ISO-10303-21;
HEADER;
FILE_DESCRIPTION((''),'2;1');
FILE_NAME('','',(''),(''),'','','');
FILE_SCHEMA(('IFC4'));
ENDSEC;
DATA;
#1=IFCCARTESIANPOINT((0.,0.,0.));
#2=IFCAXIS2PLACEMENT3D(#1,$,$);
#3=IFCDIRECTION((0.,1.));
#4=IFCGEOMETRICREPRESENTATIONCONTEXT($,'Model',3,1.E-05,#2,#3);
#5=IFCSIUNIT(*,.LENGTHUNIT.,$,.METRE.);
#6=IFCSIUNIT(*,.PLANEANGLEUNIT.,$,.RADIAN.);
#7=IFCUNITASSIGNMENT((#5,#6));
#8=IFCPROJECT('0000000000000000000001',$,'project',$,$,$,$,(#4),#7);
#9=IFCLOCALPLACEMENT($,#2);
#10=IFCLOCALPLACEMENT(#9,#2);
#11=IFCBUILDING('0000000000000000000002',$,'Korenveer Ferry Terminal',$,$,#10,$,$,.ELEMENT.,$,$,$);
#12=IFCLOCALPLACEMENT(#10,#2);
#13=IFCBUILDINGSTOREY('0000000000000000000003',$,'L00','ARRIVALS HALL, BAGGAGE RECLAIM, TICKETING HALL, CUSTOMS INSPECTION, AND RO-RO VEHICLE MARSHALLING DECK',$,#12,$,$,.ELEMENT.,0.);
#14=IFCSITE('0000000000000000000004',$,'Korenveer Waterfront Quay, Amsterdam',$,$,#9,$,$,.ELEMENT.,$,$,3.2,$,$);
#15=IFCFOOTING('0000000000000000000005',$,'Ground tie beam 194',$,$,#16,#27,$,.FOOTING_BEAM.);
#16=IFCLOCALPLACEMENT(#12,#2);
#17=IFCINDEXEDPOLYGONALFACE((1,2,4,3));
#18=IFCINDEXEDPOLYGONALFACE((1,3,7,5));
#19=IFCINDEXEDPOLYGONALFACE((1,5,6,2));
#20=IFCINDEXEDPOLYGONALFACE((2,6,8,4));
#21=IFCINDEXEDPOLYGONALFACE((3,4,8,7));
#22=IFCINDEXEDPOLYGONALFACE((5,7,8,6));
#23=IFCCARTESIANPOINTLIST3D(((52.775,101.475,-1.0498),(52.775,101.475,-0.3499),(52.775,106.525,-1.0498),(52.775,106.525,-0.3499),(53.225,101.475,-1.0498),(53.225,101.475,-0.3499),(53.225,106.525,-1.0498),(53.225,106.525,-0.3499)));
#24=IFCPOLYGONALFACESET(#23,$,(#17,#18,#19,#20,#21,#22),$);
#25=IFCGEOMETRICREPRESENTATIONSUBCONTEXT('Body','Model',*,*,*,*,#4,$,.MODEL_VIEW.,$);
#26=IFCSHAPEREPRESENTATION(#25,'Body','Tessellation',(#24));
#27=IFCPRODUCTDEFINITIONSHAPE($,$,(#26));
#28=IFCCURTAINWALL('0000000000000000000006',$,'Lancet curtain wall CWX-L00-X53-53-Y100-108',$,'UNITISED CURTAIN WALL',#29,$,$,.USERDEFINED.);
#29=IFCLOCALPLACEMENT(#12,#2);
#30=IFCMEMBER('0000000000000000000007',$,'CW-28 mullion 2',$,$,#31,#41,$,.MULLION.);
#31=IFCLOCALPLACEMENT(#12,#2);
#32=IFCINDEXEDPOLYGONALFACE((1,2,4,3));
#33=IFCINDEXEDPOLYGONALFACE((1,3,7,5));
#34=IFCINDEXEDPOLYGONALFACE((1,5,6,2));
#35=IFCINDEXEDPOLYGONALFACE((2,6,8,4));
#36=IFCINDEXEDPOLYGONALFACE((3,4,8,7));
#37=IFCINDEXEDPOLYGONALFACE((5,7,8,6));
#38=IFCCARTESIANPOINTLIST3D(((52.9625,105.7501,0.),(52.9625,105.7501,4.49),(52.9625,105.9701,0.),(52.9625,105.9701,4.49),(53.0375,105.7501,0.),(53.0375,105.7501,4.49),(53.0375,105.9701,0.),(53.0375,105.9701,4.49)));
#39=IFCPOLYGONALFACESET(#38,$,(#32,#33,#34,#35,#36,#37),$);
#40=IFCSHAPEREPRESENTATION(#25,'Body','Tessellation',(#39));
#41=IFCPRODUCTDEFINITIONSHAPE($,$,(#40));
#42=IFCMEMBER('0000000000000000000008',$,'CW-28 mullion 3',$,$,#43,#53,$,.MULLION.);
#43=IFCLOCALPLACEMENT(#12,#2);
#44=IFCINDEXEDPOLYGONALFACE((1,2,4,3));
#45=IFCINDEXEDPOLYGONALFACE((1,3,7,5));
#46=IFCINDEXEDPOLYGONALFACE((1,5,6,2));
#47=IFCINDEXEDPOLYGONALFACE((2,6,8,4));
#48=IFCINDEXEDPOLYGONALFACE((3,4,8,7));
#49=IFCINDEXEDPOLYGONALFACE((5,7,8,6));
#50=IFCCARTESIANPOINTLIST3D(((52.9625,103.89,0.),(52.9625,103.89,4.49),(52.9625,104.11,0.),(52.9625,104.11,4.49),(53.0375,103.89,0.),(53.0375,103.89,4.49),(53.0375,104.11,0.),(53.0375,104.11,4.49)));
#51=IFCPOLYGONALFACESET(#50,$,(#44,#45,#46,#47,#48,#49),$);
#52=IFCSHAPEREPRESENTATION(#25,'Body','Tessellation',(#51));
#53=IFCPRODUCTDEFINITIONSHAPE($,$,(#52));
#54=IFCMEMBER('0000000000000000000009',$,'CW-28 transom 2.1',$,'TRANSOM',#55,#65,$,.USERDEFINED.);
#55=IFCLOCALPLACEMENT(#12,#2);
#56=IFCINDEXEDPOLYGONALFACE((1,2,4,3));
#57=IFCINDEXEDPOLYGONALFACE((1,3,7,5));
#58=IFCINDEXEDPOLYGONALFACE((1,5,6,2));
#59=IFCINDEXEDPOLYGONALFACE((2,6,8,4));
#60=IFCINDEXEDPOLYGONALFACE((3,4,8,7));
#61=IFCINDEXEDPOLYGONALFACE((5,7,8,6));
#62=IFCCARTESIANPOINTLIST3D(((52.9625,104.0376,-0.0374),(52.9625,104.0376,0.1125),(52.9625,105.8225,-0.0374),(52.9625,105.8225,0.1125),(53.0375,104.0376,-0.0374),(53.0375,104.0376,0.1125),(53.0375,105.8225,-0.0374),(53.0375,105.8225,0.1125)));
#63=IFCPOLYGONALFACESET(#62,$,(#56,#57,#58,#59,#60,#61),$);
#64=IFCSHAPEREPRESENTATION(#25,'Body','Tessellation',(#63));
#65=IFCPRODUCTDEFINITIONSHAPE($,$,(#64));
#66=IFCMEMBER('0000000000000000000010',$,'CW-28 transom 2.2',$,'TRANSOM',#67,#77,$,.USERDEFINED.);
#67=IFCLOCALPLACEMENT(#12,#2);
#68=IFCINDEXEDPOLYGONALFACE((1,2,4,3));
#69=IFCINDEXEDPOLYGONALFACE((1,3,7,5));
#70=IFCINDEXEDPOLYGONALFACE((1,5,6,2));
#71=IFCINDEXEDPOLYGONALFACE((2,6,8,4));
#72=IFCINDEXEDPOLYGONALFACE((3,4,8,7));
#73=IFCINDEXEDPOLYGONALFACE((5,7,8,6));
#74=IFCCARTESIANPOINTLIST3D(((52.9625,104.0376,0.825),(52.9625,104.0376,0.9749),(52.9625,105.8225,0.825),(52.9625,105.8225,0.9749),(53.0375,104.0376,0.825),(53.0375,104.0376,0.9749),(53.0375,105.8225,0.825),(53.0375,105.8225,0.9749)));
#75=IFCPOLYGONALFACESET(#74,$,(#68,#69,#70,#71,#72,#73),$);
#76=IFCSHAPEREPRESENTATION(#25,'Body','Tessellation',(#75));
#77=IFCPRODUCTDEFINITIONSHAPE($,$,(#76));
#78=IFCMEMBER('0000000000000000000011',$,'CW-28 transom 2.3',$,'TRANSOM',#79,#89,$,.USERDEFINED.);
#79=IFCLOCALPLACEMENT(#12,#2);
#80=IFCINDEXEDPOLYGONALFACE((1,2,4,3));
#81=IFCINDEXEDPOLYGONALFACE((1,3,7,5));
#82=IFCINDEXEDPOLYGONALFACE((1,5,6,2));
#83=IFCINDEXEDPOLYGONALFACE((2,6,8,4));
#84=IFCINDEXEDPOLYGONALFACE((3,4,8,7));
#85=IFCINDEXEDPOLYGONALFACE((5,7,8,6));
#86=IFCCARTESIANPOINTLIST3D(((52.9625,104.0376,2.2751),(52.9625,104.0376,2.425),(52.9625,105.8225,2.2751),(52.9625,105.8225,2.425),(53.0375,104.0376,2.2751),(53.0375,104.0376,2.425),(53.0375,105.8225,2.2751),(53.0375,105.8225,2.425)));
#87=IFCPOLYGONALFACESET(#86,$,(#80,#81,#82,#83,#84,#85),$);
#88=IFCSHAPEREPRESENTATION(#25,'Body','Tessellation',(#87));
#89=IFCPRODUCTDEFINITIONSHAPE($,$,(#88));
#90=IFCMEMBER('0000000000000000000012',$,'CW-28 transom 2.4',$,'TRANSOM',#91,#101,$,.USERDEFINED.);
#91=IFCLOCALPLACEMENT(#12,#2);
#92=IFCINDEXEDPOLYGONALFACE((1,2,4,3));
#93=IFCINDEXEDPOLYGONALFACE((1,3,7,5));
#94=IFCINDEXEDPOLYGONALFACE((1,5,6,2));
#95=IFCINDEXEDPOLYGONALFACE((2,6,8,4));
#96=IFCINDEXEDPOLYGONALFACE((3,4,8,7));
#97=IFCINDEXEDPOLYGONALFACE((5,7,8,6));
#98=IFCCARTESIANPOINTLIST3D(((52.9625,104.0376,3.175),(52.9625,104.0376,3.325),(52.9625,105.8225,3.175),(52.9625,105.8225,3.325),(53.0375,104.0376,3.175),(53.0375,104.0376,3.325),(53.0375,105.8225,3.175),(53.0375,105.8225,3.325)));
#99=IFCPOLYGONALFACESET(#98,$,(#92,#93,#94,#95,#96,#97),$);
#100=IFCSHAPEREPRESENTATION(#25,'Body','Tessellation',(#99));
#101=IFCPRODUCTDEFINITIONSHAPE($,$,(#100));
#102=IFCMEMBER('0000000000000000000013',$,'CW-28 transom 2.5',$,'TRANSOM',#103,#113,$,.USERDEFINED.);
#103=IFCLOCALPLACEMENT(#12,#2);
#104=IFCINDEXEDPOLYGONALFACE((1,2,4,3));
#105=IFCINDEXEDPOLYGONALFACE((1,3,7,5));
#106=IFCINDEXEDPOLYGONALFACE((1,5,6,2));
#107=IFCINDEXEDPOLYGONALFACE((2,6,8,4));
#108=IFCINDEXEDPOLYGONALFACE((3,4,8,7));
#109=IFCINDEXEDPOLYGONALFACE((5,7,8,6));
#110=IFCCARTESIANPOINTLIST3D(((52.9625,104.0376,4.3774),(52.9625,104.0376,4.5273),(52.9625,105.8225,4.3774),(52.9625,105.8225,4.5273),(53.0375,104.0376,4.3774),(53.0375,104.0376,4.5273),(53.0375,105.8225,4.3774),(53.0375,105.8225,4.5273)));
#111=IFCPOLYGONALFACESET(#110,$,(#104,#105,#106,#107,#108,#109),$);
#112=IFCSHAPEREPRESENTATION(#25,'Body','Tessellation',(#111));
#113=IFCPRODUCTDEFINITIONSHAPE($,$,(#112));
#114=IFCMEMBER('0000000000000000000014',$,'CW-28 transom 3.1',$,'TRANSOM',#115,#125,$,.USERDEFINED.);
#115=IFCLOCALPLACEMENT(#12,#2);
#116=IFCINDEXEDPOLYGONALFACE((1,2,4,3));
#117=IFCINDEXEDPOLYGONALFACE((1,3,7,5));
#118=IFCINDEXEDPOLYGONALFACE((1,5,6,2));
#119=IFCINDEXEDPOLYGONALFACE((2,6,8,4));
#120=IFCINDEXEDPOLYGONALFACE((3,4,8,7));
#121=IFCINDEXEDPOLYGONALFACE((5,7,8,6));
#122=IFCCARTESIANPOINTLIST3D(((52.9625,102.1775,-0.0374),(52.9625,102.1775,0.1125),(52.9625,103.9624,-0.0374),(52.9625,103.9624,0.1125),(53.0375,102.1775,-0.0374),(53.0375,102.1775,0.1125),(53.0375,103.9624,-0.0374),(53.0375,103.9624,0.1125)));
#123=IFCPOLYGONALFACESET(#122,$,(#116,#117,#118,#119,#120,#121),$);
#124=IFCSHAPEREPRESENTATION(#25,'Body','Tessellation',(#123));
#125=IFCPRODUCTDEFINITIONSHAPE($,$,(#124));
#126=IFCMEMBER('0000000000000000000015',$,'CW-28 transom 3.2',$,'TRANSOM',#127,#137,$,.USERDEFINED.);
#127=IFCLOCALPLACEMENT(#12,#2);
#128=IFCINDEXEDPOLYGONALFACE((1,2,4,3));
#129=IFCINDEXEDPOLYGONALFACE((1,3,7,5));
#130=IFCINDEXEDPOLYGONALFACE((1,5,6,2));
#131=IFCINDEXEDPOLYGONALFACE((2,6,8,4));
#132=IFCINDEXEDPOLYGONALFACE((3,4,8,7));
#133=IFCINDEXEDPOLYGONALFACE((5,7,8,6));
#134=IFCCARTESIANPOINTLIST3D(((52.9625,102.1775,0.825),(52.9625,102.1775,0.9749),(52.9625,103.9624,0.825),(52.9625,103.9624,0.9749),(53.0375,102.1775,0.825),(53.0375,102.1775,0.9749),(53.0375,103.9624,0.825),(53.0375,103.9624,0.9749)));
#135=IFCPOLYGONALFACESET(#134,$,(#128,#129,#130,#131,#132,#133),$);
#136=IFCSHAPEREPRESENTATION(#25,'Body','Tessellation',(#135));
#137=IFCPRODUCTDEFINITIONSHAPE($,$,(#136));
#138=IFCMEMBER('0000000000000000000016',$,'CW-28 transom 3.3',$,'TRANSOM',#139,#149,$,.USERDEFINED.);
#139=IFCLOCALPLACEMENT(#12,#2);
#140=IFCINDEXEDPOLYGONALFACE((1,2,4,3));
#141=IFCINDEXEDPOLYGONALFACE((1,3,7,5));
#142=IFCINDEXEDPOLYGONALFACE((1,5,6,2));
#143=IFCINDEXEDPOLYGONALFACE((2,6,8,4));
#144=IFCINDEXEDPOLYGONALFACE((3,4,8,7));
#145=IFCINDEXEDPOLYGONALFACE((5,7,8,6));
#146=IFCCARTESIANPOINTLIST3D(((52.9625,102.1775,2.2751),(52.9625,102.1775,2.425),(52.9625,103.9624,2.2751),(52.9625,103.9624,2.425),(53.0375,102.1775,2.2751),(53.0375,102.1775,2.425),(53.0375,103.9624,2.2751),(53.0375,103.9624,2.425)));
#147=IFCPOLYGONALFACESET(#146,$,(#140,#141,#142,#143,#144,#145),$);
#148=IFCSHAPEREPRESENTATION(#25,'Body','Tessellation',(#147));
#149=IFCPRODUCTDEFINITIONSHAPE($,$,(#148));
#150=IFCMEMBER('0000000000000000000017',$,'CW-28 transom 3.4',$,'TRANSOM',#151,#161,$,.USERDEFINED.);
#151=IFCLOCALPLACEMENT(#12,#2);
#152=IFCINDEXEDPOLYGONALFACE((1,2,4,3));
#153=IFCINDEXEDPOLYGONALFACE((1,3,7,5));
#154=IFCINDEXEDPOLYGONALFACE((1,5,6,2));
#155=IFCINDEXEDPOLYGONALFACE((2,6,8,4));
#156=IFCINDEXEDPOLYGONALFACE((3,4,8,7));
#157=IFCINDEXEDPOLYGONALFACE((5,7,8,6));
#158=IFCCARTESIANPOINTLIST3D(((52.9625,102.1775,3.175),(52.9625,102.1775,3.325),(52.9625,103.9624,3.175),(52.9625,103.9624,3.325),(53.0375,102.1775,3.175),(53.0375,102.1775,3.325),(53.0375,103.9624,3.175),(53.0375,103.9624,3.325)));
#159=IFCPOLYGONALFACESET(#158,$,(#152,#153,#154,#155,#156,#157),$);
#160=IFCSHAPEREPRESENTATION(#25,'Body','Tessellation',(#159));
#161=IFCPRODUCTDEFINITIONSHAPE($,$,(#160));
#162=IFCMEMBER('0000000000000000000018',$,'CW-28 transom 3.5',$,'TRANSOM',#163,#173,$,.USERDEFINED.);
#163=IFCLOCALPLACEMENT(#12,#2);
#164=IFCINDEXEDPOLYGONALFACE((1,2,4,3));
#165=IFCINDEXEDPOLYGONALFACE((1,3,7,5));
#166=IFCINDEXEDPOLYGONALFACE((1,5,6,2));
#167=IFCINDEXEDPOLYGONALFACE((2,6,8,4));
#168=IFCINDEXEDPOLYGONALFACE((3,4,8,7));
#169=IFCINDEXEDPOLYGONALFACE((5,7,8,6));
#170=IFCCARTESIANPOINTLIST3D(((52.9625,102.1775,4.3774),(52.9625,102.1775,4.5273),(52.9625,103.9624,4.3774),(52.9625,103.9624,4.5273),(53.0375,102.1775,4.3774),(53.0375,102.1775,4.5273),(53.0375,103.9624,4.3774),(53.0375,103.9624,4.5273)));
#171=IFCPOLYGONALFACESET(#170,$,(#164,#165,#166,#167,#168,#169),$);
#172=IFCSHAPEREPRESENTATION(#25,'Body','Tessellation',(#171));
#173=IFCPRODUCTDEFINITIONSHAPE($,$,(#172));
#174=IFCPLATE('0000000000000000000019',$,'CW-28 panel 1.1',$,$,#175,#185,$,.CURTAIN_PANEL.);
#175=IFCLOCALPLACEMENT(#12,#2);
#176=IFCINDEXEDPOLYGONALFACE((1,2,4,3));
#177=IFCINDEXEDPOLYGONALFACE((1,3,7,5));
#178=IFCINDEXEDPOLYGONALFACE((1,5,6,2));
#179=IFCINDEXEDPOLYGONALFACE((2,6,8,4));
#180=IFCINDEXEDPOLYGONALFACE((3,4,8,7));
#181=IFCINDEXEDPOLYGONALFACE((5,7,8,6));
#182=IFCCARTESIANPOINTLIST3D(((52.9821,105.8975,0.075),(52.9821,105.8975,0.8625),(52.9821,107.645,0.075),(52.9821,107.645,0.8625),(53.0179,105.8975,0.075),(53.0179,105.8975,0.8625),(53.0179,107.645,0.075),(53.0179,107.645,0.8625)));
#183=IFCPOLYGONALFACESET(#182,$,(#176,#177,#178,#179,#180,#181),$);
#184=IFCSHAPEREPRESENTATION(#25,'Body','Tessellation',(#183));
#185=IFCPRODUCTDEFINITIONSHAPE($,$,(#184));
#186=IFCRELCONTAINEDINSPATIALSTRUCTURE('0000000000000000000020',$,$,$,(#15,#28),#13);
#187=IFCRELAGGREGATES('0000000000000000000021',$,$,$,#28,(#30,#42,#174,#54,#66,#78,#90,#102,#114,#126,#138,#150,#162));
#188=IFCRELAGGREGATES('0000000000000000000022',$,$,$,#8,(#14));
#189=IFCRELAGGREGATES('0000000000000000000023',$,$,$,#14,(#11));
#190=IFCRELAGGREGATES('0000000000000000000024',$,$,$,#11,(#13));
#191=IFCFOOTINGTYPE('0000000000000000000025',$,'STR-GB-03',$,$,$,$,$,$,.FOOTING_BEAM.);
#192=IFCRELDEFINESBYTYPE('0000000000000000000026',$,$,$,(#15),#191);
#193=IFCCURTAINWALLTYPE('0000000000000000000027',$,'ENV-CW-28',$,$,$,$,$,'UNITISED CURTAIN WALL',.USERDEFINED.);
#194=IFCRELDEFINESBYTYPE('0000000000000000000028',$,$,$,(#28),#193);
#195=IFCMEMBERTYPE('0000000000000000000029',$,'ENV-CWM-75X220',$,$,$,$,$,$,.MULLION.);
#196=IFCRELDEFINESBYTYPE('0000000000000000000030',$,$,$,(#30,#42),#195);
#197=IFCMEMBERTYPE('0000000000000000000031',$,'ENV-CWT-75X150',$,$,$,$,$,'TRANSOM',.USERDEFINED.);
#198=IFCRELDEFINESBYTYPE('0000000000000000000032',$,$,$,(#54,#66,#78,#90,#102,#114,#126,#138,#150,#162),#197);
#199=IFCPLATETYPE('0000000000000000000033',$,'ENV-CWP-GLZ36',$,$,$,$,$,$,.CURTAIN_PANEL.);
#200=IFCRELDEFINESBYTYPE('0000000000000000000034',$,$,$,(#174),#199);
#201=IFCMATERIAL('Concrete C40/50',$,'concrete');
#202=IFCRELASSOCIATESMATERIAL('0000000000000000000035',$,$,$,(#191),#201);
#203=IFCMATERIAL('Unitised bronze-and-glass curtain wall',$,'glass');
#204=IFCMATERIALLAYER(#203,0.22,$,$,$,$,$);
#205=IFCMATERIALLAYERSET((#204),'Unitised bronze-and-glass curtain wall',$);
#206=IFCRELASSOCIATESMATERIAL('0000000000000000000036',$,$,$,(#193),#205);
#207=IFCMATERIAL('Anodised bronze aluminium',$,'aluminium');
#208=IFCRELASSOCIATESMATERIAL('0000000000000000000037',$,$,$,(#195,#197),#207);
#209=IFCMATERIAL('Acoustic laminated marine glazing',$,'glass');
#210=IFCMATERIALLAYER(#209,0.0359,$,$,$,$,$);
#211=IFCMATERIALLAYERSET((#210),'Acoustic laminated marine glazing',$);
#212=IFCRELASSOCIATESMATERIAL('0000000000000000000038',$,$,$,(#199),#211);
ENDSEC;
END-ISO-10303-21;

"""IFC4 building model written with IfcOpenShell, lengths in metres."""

from ifc_helpers import new_model, si_unit, direction, frame, origin, origin_2d, place, context, subcontext, project, spatial, rectangle, extrude, material, layer, layer_set, material_profile, profile_set, type_object, element, aggregate, save


model = new_model("IFC4")

# Units and contexts
model_context = context("Model", 3, precision=1e-05, world=origin(), true_north=direction((0.0, 1.0)))
body_context = subcontext(model_context, "Body", "Model", "MODEL_VIEW")
ifc_project = project(units=[si_unit("LENGTHUNIT", "METRE"), si_unit("PLANEANGLEUNIT", "RADIAN")], contexts=[model_context])

# Site, building, storey
site_placement = place(None, origin())
site = spatial("IfcSite", under=ifc_project, at=site_placement, Name="Korenveer Waterfront Quay, Amsterdam", CompositionType="ELEMENT", RefElevation=3.2)
building_placement = place(site_placement, origin())
building = spatial("IfcBuilding", under=site, at=building_placement, Name="Korenveer Ferry Terminal", CompositionType="ELEMENT")
storey_placement = place(building_placement, origin())
storey = spatial("IfcBuildingStorey", under=building, at=storey_placement, Name="L00", Description="ARRIVALS HALL, BAGGAGE RECLAIM, TICKETING HALL, CUSTOMS INSPECTION, AND RO-RO VEHICLE MARSHALLING DECK", CompositionType="ELEMENT", Elevation=0.0)

# Footing
ifc_material_1 = material(Name="Concrete C40/50", Category="concrete")
footing_type = type_object("IfcFootingType", Name="STR-GB-03", PredefinedType="FOOTING_BEAM", material=ifc_material_1)
footing_placement = place(storey_placement, frame((53.0, 104.0, -1.0498), z_axis=(0.0, 0.0, 1.0), x_axis=(1.0, 0.0, 0.0)))
element("IfcFooting", 1, at=footing_placement, inside=storey, type_object=footing_type, Name="Ground tie beam 194", PredefinedType="FOOTING_BEAM", context=body_context, shape_type="SweptSolid", body=[
    extrude(rectangle(XDim=0.45, YDim=5.05, at=origin_2d()), origin(), (0.0, 0.0, 1.0), 0.7),
])

# Curtain wall, members, plate
ifc_material_2 = material(Name="Unitised bronze-and-glass curtain wall", Category="glass")
ifc_layer_1 = layer(ifc_material_2, 0.22)
ifc_layer_set_1 = layer_set([ifc_layer_1], Name="Unitised bronze-and-glass curtain wall")
curtain_wall_type = type_object("IfcCurtainWallType", Name="ENV-CW-28", ElementType="UNITISED CURTAIN WALL", PredefinedType="USERDEFINED", material=ifc_layer_set_1)
curtain_wall_placement = place(storey_placement, frame((53.0, 107.72, 0.0)))
curtain_wall = element("IfcCurtainWall", 2, at=curtain_wall_placement, inside=storey, type_object=curtain_wall_type, Name="Lancet curtain wall CWX-L00-X53-53-Y100-108", ObjectType="UNITISED CURTAIN WALL", PredefinedType="USERDEFINED")
ifc_material_3 = material(Name="Anodised bronze aluminium", Category="aluminium")
ifc_material_profile_1 = material_profile(ifc_material_3, rectangle(XDim=0.075, YDim=0.22, at=origin_2d()), Name="ALU 75x220")
ifc_profile_set_1 = profile_set([ifc_material_profile_1], Name="Anodised bronze aluminium")
member_type_1 = type_object("IfcMemberType", Name="ENV-CWM-75X220", PredefinedType="MULLION", material=ifc_profile_set_1)
member_1_placement = place(storey_placement, frame((53.0, 105.8601, 0.0), z_axis=(0.0, 0.0, 1.0), x_axis=(1.0, 0.0, 0.0)))
member_1 = element("IfcMember", 3, at=member_1_placement, type_object=member_type_1, Name="CW-28 mullion 2", PredefinedType="MULLION", context=body_context, shape_type="SweptSolid", body=[
    extrude(rectangle(XDim=0.075, YDim=0.22, at=origin_2d()), origin(), (0.0, 0.0, 1.0), 4.49),
])
member_2_placement = place(storey_placement, frame((53.0, 104.0, 0.0), z_axis=(0.0, 0.0, 1.0), x_axis=(1.0, 0.0, 0.0)))
member_2 = element("IfcMember", 4, at=member_2_placement, type_object=member_type_1, Name="CW-28 mullion 3", PredefinedType="MULLION", context=body_context, shape_type="SweptSolid", body=[
    extrude(rectangle(XDim=0.075, YDim=0.22, at=origin_2d()), origin(), (0.0, 0.0, 1.0), 4.49),
])
ifc_material_profile_2 = material_profile(ifc_material_3, rectangle(XDim=0.075, YDim=0.1499, at=origin_2d()), Name="ALU 75x150")
ifc_profile_set_2 = profile_set([ifc_material_profile_2], Name="Anodised bronze aluminium")
member_type_2 = type_object("IfcMemberType", Name="ENV-CWT-75X150", ElementType="TRANSOM", PredefinedType="USERDEFINED", material=ifc_profile_set_2)
member_3_placement = place(storey_placement, frame((53.0, 105.8225, 0.0376), z_axis=(0.0, -1.0, 0.0), x_axis=(1.0, 0.0, 0.0)))
member_3 = element("IfcMember", 5, at=member_3_placement, type_object=member_type_2, Name="CW-28 transom 2.1", ObjectType="TRANSOM", PredefinedType="USERDEFINED", context=body_context, shape_type="SweptSolid", body=[
    extrude(rectangle(XDim=0.075, YDim=0.1499, at=origin_2d()), origin(), (0.0, 0.0, 1.0), 1.7849),
])
member_4_placement = place(storey_placement, frame((53.0, 105.8225, 0.8999), z_axis=(0.0, -1.0, 0.0), x_axis=(1.0, 0.0, 0.0)))
member_4 = element("IfcMember", 6, at=member_4_placement, type_object=member_type_2, Name="CW-28 transom 2.2", ObjectType="TRANSOM", PredefinedType="USERDEFINED", context=body_context, shape_type="SweptSolid", body=[
    extrude(rectangle(XDim=0.075, YDim=0.1499, at=origin_2d()), origin(), (0.0, 0.0, 1.0), 1.7849),
])
member_5_placement = place(storey_placement, frame((53.0, 105.8225, 2.3501), z_axis=(0.0, -1.0, 0.0), x_axis=(1.0, 0.0, 0.0)))
member_5 = element("IfcMember", 7, at=member_5_placement, type_object=member_type_2, Name="CW-28 transom 2.3", ObjectType="TRANSOM", PredefinedType="USERDEFINED", context=body_context, shape_type="SweptSolid", body=[
    extrude(rectangle(XDim=0.075, YDim=0.1499, at=origin_2d()), origin(), (0.0, 0.0, 1.0), 1.7849),
])
member_6_placement = place(storey_placement, frame((53.0, 105.8225, 3.25), z_axis=(0.0, -1.0, 0.0), x_axis=(1.0, 0.0, 0.0)))
member_6 = element("IfcMember", 8, at=member_6_placement, type_object=member_type_2, Name="CW-28 transom 2.4", ObjectType="TRANSOM", PredefinedType="USERDEFINED", context=body_context, shape_type="SweptSolid", body=[
    extrude(rectangle(XDim=0.075, YDim=0.1499, at=origin_2d()), origin(), (0.0, 0.0, 1.0), 1.7849),
])
member_7_placement = place(storey_placement, frame((53.0, 105.8225, 4.4524), z_axis=(0.0, -1.0, 0.0), x_axis=(1.0, 0.0, 0.0)))
member_7 = element("IfcMember", 9, at=member_7_placement, type_object=member_type_2, Name="CW-28 transom 2.5", ObjectType="TRANSOM", PredefinedType="USERDEFINED", context=body_context, shape_type="SweptSolid", body=[
    extrude(rectangle(XDim=0.075, YDim=0.1499, at=origin_2d()), origin(), (0.0, 0.0, 1.0), 1.7849),
])
member_8_placement = place(storey_placement, frame((53.0, 103.9624, 0.0376), z_axis=(0.0, -1.0, 0.0), x_axis=(1.0, 0.0, 0.0)))
member_8 = element("IfcMember", 10, at=member_8_placement, type_object=member_type_2, Name="CW-28 transom 3.1", ObjectType="TRANSOM", PredefinedType="USERDEFINED", context=body_context, shape_type="SweptSolid", body=[
    extrude(rectangle(XDim=0.075, YDim=0.1499, at=origin_2d()), origin(), (0.0, 0.0, 1.0), 1.7849),
])
member_9_placement = place(storey_placement, frame((53.0, 103.9624, 0.8999), z_axis=(0.0, -1.0, 0.0), x_axis=(1.0, 0.0, 0.0)))
member_9 = element("IfcMember", 11, at=member_9_placement, type_object=member_type_2, Name="CW-28 transom 3.2", ObjectType="TRANSOM", PredefinedType="USERDEFINED", context=body_context, shape_type="SweptSolid", body=[
    extrude(rectangle(XDim=0.075, YDim=0.1499, at=origin_2d()), origin(), (0.0, 0.0, 1.0), 1.7849),
])
member_10_placement = place(storey_placement, frame((53.0, 103.9624, 2.3501), z_axis=(0.0, -1.0, 0.0), x_axis=(1.0, 0.0, 0.0)))
member_10 = element("IfcMember", 12, at=member_10_placement, type_object=member_type_2, Name="CW-28 transom 3.3", ObjectType="TRANSOM", PredefinedType="USERDEFINED", context=body_context, shape_type="SweptSolid", body=[
    extrude(rectangle(XDim=0.075, YDim=0.1499, at=origin_2d()), origin(), (0.0, 0.0, 1.0), 1.7849),
])
member_11_placement = place(storey_placement, frame((53.0, 103.9624, 3.25), z_axis=(0.0, -1.0, 0.0), x_axis=(1.0, 0.0, 0.0)))
member_11 = element("IfcMember", 13, at=member_11_placement, type_object=member_type_2, Name="CW-28 transom 3.4", ObjectType="TRANSOM", PredefinedType="USERDEFINED", context=body_context, shape_type="SweptSolid", body=[
    extrude(rectangle(XDim=0.075, YDim=0.1499, at=origin_2d()), origin(), (0.0, 0.0, 1.0), 1.7849),
])
member_12_placement = place(storey_placement, frame((53.0, 103.9624, 4.4524), z_axis=(0.0, -1.0, 0.0), x_axis=(1.0, 0.0, 0.0)))
member_12 = element("IfcMember", 14, at=member_12_placement, type_object=member_type_2, Name="CW-28 transom 3.5", ObjectType="TRANSOM", PredefinedType="USERDEFINED", context=body_context, shape_type="SweptSolid", body=[
    extrude(rectangle(XDim=0.075, YDim=0.1499, at=origin_2d()), origin(), (0.0, 0.0, 1.0), 1.7849),
])
ifc_material_4 = material(Name="Acoustic laminated marine glazing", Category="glass")
ifc_layer_2 = layer(ifc_material_4, 0.0359)
ifc_layer_set_2 = layer_set([ifc_layer_2], Name="Acoustic laminated marine glazing")
plate_type = type_object("IfcPlateType", Name="ENV-CWP-GLZ36", PredefinedType="CURTAIN_PANEL", material=ifc_layer_set_2)
plate_1_placement = place(storey_placement, frame((53.0, 106.7712, 0.075), z_axis=(0.0, 0.0, 1.0), x_axis=(0.0, -1.0, 0.0)))
plate_1 = element("IfcPlate", 15, at=plate_1_placement, type_object=plate_type, Name="CW-28 panel 1.1", PredefinedType="CURTAIN_PANEL", context=body_context, shape_type="SweptSolid", body=[
    extrude(rectangle(XDim=1.7476, YDim=0.0359, at=origin_2d()), origin(), (0.0, 0.0, 1.0), 0.7876),
])
aggregate(curtain_wall, [member_1, member_2, plate_1, member_3, member_4, member_5, member_6, member_7, member_8, member_9, member_10, member_11, member_12])

save(model, "model.ifc")
